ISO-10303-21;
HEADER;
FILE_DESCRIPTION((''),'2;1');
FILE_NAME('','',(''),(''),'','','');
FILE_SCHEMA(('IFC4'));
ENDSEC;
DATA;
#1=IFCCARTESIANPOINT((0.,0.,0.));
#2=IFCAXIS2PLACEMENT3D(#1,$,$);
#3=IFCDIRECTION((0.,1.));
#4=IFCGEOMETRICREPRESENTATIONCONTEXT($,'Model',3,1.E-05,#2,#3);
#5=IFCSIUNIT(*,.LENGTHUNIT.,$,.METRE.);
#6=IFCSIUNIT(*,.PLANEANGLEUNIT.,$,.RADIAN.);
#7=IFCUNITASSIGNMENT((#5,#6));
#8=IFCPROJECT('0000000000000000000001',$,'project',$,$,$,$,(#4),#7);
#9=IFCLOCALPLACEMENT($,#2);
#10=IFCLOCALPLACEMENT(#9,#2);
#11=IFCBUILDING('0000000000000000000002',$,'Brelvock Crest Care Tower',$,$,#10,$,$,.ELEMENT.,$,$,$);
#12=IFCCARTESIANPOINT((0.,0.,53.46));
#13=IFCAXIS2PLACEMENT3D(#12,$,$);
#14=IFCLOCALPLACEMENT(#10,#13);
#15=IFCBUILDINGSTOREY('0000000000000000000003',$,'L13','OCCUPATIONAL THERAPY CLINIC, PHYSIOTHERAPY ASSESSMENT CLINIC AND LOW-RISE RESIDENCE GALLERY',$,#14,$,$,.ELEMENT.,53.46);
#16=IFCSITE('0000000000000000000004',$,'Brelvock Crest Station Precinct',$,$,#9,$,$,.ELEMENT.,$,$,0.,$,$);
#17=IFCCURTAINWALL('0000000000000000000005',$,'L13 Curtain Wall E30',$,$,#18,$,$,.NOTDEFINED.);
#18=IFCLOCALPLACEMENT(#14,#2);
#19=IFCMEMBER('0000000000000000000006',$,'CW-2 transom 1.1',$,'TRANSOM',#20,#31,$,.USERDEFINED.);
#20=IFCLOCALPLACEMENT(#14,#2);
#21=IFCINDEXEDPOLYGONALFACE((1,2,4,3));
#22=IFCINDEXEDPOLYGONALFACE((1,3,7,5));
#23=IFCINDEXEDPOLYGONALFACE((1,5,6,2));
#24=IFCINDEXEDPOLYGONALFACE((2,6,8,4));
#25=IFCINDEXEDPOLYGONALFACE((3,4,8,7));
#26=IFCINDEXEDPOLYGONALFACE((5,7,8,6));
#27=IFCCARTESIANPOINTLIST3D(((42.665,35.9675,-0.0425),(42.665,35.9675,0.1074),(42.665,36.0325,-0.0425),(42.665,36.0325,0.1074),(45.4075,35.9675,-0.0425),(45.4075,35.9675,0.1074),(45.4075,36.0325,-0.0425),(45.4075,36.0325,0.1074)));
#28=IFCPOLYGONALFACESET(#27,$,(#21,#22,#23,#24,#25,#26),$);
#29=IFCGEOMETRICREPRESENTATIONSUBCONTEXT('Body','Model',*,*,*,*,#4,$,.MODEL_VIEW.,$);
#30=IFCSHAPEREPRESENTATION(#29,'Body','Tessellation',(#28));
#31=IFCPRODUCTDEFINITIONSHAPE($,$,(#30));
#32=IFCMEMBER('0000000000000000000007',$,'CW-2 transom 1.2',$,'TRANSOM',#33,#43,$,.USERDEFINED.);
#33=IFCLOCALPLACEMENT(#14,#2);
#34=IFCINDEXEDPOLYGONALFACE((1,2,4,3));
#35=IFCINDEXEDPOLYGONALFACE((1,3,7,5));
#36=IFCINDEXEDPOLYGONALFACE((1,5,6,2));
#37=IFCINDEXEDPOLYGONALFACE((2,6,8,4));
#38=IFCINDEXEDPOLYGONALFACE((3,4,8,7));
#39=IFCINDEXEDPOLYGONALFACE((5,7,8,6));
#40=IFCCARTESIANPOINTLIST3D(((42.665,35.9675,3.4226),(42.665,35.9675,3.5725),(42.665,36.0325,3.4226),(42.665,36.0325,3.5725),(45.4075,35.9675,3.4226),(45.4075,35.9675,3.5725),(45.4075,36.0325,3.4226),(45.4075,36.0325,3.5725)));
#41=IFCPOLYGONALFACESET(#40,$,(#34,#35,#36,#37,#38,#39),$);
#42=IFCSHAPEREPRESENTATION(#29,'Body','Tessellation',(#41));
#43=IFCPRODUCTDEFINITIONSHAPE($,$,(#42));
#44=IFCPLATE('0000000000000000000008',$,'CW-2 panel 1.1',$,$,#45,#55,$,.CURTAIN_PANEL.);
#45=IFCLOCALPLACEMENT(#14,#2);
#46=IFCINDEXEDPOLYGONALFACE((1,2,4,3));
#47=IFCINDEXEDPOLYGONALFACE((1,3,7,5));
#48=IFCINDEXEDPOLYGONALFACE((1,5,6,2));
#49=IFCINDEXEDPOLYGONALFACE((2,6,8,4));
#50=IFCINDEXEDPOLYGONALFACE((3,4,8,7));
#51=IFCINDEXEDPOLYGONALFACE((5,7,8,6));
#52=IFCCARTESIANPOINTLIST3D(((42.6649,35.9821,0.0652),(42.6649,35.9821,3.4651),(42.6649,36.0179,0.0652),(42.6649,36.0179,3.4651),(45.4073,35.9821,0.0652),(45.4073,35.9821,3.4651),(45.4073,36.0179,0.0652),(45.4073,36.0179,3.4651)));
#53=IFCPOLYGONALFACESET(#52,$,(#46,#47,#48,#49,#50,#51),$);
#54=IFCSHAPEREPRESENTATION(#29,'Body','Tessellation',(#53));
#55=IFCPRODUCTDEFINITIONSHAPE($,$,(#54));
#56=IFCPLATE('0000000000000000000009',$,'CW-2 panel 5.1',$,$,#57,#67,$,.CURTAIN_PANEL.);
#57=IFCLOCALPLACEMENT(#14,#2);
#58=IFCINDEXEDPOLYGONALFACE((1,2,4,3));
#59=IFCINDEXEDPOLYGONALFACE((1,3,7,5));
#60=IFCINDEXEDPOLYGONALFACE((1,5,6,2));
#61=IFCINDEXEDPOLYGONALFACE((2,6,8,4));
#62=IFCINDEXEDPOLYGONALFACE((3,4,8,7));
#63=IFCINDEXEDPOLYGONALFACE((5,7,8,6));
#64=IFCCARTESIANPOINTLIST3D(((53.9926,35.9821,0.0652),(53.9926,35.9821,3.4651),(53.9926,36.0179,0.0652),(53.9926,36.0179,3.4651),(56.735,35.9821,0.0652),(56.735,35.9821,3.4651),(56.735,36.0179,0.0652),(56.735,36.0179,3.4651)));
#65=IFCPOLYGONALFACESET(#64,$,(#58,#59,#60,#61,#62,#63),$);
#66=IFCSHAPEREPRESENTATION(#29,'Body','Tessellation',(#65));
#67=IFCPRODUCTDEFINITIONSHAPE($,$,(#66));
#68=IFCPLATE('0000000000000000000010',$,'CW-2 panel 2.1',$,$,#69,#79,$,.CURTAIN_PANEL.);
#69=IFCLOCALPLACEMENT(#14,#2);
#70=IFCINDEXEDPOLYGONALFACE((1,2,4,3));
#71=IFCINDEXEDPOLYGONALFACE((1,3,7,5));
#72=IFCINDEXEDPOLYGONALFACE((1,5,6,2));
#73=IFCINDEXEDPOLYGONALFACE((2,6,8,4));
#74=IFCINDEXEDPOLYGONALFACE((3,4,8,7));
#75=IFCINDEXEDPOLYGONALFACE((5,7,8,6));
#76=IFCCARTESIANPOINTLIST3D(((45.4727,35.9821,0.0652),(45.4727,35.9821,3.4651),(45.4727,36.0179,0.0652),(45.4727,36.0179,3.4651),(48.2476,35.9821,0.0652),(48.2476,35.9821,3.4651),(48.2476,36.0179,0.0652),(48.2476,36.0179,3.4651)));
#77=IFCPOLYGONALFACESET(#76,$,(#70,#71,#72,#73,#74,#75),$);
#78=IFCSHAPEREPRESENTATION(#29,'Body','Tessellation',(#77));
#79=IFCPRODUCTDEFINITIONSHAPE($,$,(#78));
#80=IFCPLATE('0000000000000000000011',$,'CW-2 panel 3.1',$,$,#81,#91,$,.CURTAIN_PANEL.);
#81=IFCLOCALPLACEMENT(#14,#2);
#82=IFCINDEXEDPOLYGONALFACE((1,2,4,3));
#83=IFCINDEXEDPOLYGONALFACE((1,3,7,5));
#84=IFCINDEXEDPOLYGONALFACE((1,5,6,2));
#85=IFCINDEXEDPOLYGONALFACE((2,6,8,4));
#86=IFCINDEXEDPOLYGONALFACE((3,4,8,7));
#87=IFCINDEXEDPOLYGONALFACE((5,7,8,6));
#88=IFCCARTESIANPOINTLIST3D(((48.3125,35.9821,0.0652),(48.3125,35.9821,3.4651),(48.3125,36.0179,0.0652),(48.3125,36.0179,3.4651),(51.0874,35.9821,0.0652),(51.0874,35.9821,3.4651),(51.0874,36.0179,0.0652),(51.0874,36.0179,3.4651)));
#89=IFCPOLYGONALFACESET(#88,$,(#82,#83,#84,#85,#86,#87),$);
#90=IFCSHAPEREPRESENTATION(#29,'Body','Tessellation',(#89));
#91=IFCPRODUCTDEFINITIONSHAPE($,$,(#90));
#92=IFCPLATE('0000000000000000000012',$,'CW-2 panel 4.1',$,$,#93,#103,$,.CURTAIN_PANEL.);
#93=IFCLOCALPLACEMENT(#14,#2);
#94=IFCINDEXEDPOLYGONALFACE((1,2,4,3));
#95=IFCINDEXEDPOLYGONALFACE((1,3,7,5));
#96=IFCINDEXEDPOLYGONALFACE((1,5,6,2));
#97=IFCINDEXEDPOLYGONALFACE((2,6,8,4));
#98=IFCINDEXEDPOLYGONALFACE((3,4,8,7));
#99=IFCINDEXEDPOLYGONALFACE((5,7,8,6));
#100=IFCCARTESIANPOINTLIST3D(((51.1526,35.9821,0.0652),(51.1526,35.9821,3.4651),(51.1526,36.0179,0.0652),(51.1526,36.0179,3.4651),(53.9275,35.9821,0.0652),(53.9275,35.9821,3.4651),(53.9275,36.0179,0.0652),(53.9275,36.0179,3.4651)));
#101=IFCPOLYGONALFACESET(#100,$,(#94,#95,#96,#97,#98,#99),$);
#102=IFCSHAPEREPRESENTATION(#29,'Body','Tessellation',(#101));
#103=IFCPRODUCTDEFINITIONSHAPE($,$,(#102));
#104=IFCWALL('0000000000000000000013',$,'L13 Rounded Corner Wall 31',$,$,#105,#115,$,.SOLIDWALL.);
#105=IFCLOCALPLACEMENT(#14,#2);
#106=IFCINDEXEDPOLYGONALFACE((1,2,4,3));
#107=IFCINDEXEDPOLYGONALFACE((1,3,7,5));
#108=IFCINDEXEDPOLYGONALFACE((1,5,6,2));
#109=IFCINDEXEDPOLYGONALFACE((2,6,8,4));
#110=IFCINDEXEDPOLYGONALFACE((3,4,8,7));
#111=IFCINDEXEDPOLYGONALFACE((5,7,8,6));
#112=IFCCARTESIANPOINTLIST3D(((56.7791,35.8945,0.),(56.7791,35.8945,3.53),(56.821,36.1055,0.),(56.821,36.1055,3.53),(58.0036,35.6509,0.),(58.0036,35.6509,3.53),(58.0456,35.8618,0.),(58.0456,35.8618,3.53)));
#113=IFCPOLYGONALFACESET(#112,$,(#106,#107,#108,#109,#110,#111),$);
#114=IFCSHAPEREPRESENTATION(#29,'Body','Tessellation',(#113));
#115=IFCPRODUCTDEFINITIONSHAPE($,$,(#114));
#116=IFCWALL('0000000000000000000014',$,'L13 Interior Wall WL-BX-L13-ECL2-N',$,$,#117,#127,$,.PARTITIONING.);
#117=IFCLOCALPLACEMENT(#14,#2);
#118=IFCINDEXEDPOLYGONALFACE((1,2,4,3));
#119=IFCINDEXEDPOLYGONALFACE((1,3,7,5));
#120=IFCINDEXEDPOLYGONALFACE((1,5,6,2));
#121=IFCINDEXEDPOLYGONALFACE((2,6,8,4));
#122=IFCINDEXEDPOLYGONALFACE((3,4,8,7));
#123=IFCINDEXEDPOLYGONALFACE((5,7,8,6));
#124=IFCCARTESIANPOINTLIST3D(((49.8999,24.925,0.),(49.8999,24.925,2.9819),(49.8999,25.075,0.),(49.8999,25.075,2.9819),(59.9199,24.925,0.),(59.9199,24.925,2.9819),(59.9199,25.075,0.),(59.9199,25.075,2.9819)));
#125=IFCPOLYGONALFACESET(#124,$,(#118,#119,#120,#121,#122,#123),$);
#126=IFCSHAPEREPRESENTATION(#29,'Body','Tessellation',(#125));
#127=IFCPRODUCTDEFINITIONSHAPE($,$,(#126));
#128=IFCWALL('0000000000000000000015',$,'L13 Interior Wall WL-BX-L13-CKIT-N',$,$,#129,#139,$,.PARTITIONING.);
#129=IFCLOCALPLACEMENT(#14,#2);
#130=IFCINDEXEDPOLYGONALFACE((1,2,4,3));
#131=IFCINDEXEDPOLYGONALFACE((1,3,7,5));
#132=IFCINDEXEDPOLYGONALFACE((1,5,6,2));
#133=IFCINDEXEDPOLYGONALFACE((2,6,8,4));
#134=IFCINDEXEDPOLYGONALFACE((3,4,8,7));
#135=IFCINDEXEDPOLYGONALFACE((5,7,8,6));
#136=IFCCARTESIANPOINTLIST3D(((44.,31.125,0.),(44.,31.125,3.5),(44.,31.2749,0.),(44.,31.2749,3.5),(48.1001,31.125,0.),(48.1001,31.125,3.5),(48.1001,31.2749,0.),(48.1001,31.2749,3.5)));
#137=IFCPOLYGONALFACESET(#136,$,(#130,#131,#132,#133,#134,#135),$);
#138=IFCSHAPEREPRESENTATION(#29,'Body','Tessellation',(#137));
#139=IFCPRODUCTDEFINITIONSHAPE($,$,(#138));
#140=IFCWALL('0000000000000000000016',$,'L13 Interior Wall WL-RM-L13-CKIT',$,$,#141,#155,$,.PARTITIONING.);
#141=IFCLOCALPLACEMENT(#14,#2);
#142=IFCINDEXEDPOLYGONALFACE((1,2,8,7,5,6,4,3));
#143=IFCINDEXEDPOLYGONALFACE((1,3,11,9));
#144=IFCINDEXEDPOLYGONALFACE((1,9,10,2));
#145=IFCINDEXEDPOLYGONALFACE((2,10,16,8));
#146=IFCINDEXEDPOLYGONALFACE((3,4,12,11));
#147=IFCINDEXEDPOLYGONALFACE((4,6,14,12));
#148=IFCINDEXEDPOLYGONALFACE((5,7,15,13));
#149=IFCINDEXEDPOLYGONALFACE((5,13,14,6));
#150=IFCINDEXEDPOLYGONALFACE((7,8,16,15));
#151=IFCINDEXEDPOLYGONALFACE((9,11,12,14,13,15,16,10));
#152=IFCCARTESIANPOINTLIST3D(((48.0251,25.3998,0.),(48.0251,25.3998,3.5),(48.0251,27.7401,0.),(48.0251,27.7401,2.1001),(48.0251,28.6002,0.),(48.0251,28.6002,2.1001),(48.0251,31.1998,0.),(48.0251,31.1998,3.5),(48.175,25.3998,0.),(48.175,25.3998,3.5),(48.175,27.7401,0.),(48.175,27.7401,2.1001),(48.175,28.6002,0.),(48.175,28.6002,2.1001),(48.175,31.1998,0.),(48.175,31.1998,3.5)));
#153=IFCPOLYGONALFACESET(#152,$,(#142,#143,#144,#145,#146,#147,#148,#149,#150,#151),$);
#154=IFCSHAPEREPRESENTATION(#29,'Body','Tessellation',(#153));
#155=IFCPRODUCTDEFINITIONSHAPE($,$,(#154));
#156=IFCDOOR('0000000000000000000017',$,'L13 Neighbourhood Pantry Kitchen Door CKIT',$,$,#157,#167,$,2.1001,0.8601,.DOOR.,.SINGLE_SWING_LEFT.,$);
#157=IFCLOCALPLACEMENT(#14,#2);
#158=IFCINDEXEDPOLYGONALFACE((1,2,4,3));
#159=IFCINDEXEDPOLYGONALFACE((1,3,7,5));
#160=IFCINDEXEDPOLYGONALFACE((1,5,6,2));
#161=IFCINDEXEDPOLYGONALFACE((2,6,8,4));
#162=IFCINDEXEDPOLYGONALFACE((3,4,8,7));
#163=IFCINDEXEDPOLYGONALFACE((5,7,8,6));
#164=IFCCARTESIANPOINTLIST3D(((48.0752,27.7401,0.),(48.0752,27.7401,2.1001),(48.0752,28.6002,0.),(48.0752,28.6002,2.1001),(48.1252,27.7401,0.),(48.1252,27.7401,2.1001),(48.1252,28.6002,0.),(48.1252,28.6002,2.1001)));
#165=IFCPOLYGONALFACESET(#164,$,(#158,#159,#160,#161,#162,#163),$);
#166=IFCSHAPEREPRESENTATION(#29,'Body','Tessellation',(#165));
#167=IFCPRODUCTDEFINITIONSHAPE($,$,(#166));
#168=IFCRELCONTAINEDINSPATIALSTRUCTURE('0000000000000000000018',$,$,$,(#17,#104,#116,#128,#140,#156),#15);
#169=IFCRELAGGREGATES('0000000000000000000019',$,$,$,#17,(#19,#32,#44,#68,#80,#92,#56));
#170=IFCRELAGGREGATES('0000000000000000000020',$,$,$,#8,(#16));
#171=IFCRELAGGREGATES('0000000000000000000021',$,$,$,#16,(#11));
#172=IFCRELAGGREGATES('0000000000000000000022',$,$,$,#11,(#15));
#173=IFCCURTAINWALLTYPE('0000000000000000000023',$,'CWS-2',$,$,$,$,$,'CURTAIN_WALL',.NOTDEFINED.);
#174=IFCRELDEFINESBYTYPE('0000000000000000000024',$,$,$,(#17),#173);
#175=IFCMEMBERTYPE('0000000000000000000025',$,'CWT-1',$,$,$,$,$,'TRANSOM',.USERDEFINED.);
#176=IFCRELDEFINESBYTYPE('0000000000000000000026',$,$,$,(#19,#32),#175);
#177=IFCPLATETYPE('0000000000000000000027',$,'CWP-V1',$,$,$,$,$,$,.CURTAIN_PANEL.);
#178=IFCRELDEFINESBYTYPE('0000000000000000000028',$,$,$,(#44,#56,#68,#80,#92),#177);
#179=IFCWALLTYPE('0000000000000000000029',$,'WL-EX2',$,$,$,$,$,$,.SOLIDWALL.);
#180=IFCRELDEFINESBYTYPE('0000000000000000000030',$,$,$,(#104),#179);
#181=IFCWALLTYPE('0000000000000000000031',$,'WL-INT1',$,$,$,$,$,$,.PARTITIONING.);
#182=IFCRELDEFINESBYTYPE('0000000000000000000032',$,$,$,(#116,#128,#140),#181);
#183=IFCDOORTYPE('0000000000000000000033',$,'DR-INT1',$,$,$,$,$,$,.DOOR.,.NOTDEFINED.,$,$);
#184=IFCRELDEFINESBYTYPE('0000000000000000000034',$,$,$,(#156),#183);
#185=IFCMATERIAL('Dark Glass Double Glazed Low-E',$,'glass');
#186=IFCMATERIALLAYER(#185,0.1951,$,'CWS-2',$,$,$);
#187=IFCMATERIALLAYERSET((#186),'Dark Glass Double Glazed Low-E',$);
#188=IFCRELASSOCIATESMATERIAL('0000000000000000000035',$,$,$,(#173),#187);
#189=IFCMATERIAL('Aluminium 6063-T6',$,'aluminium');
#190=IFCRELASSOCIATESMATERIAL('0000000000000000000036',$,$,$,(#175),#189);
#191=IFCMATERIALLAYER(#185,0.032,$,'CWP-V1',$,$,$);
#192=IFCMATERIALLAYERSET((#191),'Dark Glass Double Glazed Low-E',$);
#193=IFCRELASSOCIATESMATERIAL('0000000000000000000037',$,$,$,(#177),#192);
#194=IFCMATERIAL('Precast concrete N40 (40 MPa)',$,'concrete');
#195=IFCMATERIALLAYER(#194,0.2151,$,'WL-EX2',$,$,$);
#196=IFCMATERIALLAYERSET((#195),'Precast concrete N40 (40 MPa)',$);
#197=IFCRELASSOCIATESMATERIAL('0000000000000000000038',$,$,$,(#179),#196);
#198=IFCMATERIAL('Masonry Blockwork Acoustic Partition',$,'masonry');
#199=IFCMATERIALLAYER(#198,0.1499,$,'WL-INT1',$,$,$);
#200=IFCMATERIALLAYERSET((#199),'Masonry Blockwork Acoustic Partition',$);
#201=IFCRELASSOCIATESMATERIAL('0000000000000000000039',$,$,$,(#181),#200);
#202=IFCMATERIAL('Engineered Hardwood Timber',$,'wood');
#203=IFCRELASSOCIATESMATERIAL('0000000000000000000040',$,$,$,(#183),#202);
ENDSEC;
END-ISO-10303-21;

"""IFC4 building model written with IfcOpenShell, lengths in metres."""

from ifc_helpers import new_model, si_unit, direction, frame, frame_2d, origin, origin_2d, place, context, subcontext, project, spatial, rectangle, extrude, source, transform, mapped, material, layer, layer_set, material_profile, profile_set, type_object, element, fill, aggregate, save


model = new_model("IFC4")

# Units and contexts
model_context = context("Model", 3, precision=1e-05, world=origin(), true_north=direction((0.0, 1.0)))
body_context = subcontext(model_context, "Body", "Model", "MODEL_VIEW")
ifc_project = project(units=[si_unit("LENGTHUNIT", "METRE"), si_unit("PLANEANGLEUNIT", "RADIAN")], contexts=[model_context])

# Site, building, storey
site_placement = place(None, origin())
site = spatial("IfcSite", under=ifc_project, at=site_placement, Name="Brelvock Crest Station Precinct", CompositionType="ELEMENT", RefElevation=0.0)
building_placement = place(site_placement, origin())
building = spatial("IfcBuilding", under=site, at=building_placement, Name="Brelvock Crest Care Tower", CompositionType="ELEMENT")
storey_placement = place(building_placement, frame((0.0, 0.0, 53.46)))
storey = spatial("IfcBuildingStorey", under=building, at=storey_placement, Name="L13", Description="OCCUPATIONAL THERAPY CLINIC, PHYSIOTHERAPY ASSESSMENT CLINIC AND LOW-RISE RESIDENCE GALLERY", CompositionType="ELEMENT", Elevation=53.46)

# Curtain wall, members, plates
ifc_material_1 = material(Name="Dark Glass Double Glazed Low-E", Category="glass")
ifc_layer_1 = layer(ifc_material_1, 0.1951, Name="CWS-2")
ifc_layer_set_1 = layer_set([ifc_layer_1], Name="Dark Glass Double Glazed Low-E")
curtain_wall_type = type_object("IfcCurtainWallType", Name="CWS-2", ElementType="CURTAIN_WALL", PredefinedType="NOTDEFINED", material=ifc_layer_set_1)
curtain_wall_placement = place(storey_placement, origin())
curtain_wall = element("IfcCurtainWall", 1, at=curtain_wall_placement, inside=storey, type_object=curtain_wall_type, Name="L13 Curtain Wall E30", PredefinedType="NOTDEFINED")
ifc_material_2 = material(Name="Aluminium 6063-T6", Category="aluminium")
ifc_material_profile_1 = material_profile(ifc_material_2, rectangle(XDim=0.0649, YDim=0.1499, at=origin_2d()), Name="ALU65x150")
ifc_profile_set_1 = profile_set([ifc_material_profile_1], Name="Aluminium 6063-T6")
member_type_1 = type_object("IfcMemberType", Name="CWT-1", ElementType="TRANSOM", PredefinedType="USERDEFINED", material=ifc_profile_set_1)
shared_shape_1 = source(origin(), body_context, "Body", "SweptSolid", [
    extrude(rectangle(XDim=0.0649, YDim=0.1499, at=origin_2d()), origin(), (0.0, 0.0, 1.0), 2.7424),
])
member_1_placement = place(storey_placement, frame((42.665, 36.0, 0.0325), z_axis=(1.0, 0.0, 0.0), x_axis=(0.0, 1.0, 0.0)))
member_1 = element("IfcMember", 2, at=member_1_placement, type_object=member_type_1, Name="CW-2 transom 1.1", ObjectType="TRANSOM", PredefinedType="USERDEFINED", context=body_context, shape_type="MappedRepresentation", body=[
    mapped(shared_shape_1, transform((0.0, 0.0, 0.0), x_axis=(1.0, 0.0, 0.0), y_axis=(0.0, 1.0, 0.0), z_axis=(0.0, 0.0, 1.0), scale=1.0)),
])
member_2_placement = place(storey_placement, frame((42.665, 36.0, 3.4976), z_axis=(1.0, 0.0, 0.0), x_axis=(0.0, 1.0, 0.0)))
member_2 = element("IfcMember", 3, at=member_2_placement, type_object=member_type_1, Name="CW-2 transom 1.2", ObjectType="TRANSOM", PredefinedType="USERDEFINED", context=body_context, shape_type="MappedRepresentation", body=[
    mapped(shared_shape_1, transform((0.0, 0.0, 0.0), x_axis=(1.0, 0.0, 0.0), y_axis=(0.0, 1.0, 0.0), z_axis=(0.0, 0.0, 1.0), scale=1.0)),
])
ifc_layer_2 = layer(ifc_material_1, 0.032, Name="CWP-V1")
ifc_layer_set_2 = layer_set([ifc_layer_2], Name="Dark Glass Double Glazed Low-E")
plate_type = type_object("IfcPlateType", Name="CWP-V1", PredefinedType="CURTAIN_PANEL", material=ifc_layer_set_2)
shared_shape_2 = source(origin(), body_context, "Body", "SweptSolid", [
    extrude(rectangle(XDim=2.7424, YDim=0.0359, at=origin_2d()), origin(), (0.0, 0.0, 1.0), 3.3999),
])
plate_1_placement = place(storey_placement, frame((44.0361, 36.0, 0.0652), z_axis=(0.0, 0.0, 1.0), x_axis=(1.0, 0.0, 0.0)))
plate_1 = element("IfcPlate", 4, at=plate_1_placement, type_object=plate_type, Name="CW-2 panel 1.1", PredefinedType="CURTAIN_PANEL", context=body_context, shape_type="MappedRepresentation", body=[
    mapped(shared_shape_2, transform((0.0, 0.0, 0.0), x_axis=(1.0, 0.0, 0.0), y_axis=(0.0, 1.0, 0.0), z_axis=(0.0, 0.0, 1.0), scale=1.0)),
])
plate_2_placement = place(storey_placement, frame((55.3638, 36.0, 0.0652), z_axis=(0.0, 0.0, 1.0), x_axis=(1.0, 0.0, 0.0)))
plate_2 = element("IfcPlate", 5, at=plate_2_placement, type_object=plate_type, Name="CW-2 panel 5.1", PredefinedType="CURTAIN_PANEL", context=body_context, shape_type="MappedRepresentation", body=[
    mapped(shared_shape_2, transform((0.0, 0.0, 0.0), x_axis=(1.0, 0.0, 0.0), y_axis=(0.0, 1.0, 0.0), z_axis=(0.0, 0.0, 1.0), scale=1.0)),
])
shared_shape_3 = source(origin(), body_context, "Body", "SweptSolid", [
    extrude(rectangle(XDim=2.7749, YDim=0.0359, at=origin_2d()), origin(), (0.0, 0.0, 1.0), 3.3999),
])
plate_3_placement = place(storey_placement, frame((46.8601, 36.0, 0.0652), z_axis=(0.0, 0.0, 1.0), x_axis=(1.0, 0.0, 0.0)))
plate_3 = element("IfcPlate", 6, at=plate_3_placement, type_object=plate_type, Name="CW-2 panel 2.1", PredefinedType="CURTAIN_PANEL", context=body_context, shape_type="MappedRepresentation", body=[
    mapped(shared_shape_3, transform((0.0, 0.0, 0.0), x_axis=(1.0, 0.0, 0.0), y_axis=(0.0, 1.0, 0.0), z_axis=(0.0, 0.0, 1.0), scale=1.0)),
])
plate_4_placement = place(storey_placement, frame((49.7, 36.0, 0.0652), z_axis=(0.0, 0.0, 1.0), x_axis=(1.0, 0.0, 0.0)))
plate_4 = element("IfcPlate", 7, at=plate_4_placement, type_object=plate_type, Name="CW-2 panel 3.1", PredefinedType="CURTAIN_PANEL", context=body_context, shape_type="MappedRepresentation", body=[
    mapped(shared_shape_3, transform((0.0, 0.0, 0.0), x_axis=(1.0, 0.0, 0.0), y_axis=(0.0, 1.0, 0.0), z_axis=(0.0, 0.0, 1.0), scale=1.0)),
])
plate_5_placement = place(storey_placement, frame((52.54, 36.0, 0.0652), z_axis=(0.0, 0.0, 1.0), x_axis=(1.0, 0.0, 0.0)))
plate_5 = element("IfcPlate", 8, at=plate_5_placement, type_object=plate_type, Name="CW-2 panel 4.1", PredefinedType="CURTAIN_PANEL", context=body_context, shape_type="MappedRepresentation", body=[
    mapped(shared_shape_3, transform((0.0, 0.0, 0.0), x_axis=(1.0, 0.0, 0.0), y_axis=(0.0, 1.0, 0.0), z_axis=(0.0, 0.0, 1.0), scale=1.0)),
])
aggregate(curtain_wall, [member_1, member_2, plate_1, plate_3, plate_4, plate_5, plate_2])

# Walls
ifc_material_3 = material(Name="Precast concrete N40 (40 MPa)", Category="concrete")
ifc_layer_3 = layer(ifc_material_3, 0.2151, Name="WL-EX2")
ifc_layer_set_3 = layer_set([ifc_layer_3], Name="Precast concrete N40 (40 MPa)")
wall_type_1 = type_object("IfcWallType", Name="WL-EX2", PredefinedType="SOLIDWALL", material=ifc_layer_set_3)
wall_1_placement = place(storey_placement, frame((56.8, 36.0, 0.0), z_axis=(0.0, 0.0, 1.0), x_axis=(0.980776, -0.195138, 0.0)))
element("IfcWall", 9, at=wall_1_placement, inside=storey, type_object=wall_type_1, Name="L13 Rounded Corner Wall 31", PredefinedType="SOLIDWALL", context=body_context, shape_type="SweptSolid", body=[
    extrude(rectangle(XDim=1.2485, YDim=0.2151, at=frame_2d((0.6243, 0.0))), origin(), (0.0, 0.0, 1.0), 3.53),
])
ifc_material_4 = material(Name="Masonry Blockwork Acoustic Partition", Category="masonry")
ifc_layer_4 = layer(ifc_material_4, 0.1499, Name="WL-INT1")
ifc_layer_set_4 = layer_set([ifc_layer_4], Name="Masonry Blockwork Acoustic Partition")
wall_type_2 = type_object("IfcWallType", Name="WL-INT1", PredefinedType="PARTITIONING", material=ifc_layer_set_4)
wall_2_placement = place(storey_placement, frame((49.8999, 25.0, 0.0), z_axis=(0.0, 0.0, 1.0), x_axis=(1.0, 0.0, 0.0)))
element("IfcWall", 10, at=wall_2_placement, inside=storey, type_object=wall_type_2, Name="L13 Interior Wall WL-BX-L13-ECL2-N", PredefinedType="PARTITIONING", context=body_context, shape_type="SweptSolid", body=[
    extrude(rectangle(XDim=10.02, YDim=0.1499, at=frame_2d((5.01, 0.0))), origin(), (0.0, 0.0, 1.0), 2.9819),
])
wall_3_placement = place(storey_placement, frame((44.0, 31.2, 0.0), z_axis=(0.0, 0.0, 1.0), x_axis=(1.0, 0.0, 0.0)))
element("IfcWall", 11, at=wall_3_placement, inside=storey, type_object=wall_type_2, Name="L13 Interior Wall WL-BX-L13-CKIT-N", PredefinedType="PARTITIONING", context=body_context, shape_type="SweptSolid", body=[
    extrude(rectangle(XDim=4.1001, YDim=0.1499, at=frame_2d((2.05, 0.0))), origin(), (0.0, 0.0, 1.0), 3.5),
])

# Wall, opening, door
wall_4_placement = place(storey_placement, frame((48.1001, 25.3999, 0.0), z_axis=(0.0, 0.0, 1.0), x_axis=(0.0, 1.0, 0.0)))
wall_4 = element("IfcWall", 12, at=wall_4_placement, inside=storey, type_object=wall_type_2, Name="L13 Interior Wall WL-RM-L13-CKIT", PredefinedType="PARTITIONING", context=body_context, shape_type="SweptSolid", body=[
    extrude(rectangle(XDim=5.8, YDim=0.1499, at=frame_2d((2.8999, 0.0))), origin(), (0.0, 0.0, 1.0), 3.5),
])
opening_1_placement = place(wall_4_placement, frame((2.3401, 0.0, 0.0)))
opening_1 = element("IfcOpeningElement", 13, at=opening_1_placement, cuts=wall_4, PredefinedType="OPENING", context=body_context, shape_type="SweptSolid", body=[
    extrude(rectangle(XDim=0.8601, YDim=2.1001, at=origin_2d()), frame((0.4302, 0.085, 1.05), z_axis=(0.0, -1.0, 0.0), x_axis=(1.0, 0.0, 0.0)), (0.0, 0.0, 1.0), 0.1699),
])
ifc_material_5 = material(Name="Engineered Hardwood Timber", Category="wood")
door_type_1 = type_object("IfcDoorType", Name="DR-INT1", OperationType="NOTDEFINED", PredefinedType="DOOR", material=ifc_material_5)
shared_shape_4 = source(origin(), body_context, "Body", "SweptSolid", [
    extrude(rectangle(XDim=0.8601, YDim=2.1001, at=origin_2d()), frame((0.4302, 0.0249, 1.05), z_axis=(0.0, -1.0, 0.0), x_axis=(1.0, 0.0, 0.0)), (0.0, 0.0, 1.0), 0.05),
])
door_1_placement = place(opening_1_placement, origin())
door_1 = element("IfcDoor", 14, at=door_1_placement, inside=storey, type_object=door_type_1, Name="L13 Neighbourhood Pantry Kitchen Door CKIT", OperationType="SINGLE_SWING_LEFT", OverallHeight=2.1001, OverallWidth=0.8601, PredefinedType="DOOR", context=body_context, shape_type="MappedRepresentation", body=[
    mapped(shared_shape_4, transform((0.0, 0.0, 0.0), x_axis=(1.0, 0.0, 0.0), y_axis=(0.0, 1.0, 0.0), z_axis=(0.0, 0.0, 1.0), scale=1.0)),
])
fill(opening_1, door_1)

save(model, "model.ifc")
